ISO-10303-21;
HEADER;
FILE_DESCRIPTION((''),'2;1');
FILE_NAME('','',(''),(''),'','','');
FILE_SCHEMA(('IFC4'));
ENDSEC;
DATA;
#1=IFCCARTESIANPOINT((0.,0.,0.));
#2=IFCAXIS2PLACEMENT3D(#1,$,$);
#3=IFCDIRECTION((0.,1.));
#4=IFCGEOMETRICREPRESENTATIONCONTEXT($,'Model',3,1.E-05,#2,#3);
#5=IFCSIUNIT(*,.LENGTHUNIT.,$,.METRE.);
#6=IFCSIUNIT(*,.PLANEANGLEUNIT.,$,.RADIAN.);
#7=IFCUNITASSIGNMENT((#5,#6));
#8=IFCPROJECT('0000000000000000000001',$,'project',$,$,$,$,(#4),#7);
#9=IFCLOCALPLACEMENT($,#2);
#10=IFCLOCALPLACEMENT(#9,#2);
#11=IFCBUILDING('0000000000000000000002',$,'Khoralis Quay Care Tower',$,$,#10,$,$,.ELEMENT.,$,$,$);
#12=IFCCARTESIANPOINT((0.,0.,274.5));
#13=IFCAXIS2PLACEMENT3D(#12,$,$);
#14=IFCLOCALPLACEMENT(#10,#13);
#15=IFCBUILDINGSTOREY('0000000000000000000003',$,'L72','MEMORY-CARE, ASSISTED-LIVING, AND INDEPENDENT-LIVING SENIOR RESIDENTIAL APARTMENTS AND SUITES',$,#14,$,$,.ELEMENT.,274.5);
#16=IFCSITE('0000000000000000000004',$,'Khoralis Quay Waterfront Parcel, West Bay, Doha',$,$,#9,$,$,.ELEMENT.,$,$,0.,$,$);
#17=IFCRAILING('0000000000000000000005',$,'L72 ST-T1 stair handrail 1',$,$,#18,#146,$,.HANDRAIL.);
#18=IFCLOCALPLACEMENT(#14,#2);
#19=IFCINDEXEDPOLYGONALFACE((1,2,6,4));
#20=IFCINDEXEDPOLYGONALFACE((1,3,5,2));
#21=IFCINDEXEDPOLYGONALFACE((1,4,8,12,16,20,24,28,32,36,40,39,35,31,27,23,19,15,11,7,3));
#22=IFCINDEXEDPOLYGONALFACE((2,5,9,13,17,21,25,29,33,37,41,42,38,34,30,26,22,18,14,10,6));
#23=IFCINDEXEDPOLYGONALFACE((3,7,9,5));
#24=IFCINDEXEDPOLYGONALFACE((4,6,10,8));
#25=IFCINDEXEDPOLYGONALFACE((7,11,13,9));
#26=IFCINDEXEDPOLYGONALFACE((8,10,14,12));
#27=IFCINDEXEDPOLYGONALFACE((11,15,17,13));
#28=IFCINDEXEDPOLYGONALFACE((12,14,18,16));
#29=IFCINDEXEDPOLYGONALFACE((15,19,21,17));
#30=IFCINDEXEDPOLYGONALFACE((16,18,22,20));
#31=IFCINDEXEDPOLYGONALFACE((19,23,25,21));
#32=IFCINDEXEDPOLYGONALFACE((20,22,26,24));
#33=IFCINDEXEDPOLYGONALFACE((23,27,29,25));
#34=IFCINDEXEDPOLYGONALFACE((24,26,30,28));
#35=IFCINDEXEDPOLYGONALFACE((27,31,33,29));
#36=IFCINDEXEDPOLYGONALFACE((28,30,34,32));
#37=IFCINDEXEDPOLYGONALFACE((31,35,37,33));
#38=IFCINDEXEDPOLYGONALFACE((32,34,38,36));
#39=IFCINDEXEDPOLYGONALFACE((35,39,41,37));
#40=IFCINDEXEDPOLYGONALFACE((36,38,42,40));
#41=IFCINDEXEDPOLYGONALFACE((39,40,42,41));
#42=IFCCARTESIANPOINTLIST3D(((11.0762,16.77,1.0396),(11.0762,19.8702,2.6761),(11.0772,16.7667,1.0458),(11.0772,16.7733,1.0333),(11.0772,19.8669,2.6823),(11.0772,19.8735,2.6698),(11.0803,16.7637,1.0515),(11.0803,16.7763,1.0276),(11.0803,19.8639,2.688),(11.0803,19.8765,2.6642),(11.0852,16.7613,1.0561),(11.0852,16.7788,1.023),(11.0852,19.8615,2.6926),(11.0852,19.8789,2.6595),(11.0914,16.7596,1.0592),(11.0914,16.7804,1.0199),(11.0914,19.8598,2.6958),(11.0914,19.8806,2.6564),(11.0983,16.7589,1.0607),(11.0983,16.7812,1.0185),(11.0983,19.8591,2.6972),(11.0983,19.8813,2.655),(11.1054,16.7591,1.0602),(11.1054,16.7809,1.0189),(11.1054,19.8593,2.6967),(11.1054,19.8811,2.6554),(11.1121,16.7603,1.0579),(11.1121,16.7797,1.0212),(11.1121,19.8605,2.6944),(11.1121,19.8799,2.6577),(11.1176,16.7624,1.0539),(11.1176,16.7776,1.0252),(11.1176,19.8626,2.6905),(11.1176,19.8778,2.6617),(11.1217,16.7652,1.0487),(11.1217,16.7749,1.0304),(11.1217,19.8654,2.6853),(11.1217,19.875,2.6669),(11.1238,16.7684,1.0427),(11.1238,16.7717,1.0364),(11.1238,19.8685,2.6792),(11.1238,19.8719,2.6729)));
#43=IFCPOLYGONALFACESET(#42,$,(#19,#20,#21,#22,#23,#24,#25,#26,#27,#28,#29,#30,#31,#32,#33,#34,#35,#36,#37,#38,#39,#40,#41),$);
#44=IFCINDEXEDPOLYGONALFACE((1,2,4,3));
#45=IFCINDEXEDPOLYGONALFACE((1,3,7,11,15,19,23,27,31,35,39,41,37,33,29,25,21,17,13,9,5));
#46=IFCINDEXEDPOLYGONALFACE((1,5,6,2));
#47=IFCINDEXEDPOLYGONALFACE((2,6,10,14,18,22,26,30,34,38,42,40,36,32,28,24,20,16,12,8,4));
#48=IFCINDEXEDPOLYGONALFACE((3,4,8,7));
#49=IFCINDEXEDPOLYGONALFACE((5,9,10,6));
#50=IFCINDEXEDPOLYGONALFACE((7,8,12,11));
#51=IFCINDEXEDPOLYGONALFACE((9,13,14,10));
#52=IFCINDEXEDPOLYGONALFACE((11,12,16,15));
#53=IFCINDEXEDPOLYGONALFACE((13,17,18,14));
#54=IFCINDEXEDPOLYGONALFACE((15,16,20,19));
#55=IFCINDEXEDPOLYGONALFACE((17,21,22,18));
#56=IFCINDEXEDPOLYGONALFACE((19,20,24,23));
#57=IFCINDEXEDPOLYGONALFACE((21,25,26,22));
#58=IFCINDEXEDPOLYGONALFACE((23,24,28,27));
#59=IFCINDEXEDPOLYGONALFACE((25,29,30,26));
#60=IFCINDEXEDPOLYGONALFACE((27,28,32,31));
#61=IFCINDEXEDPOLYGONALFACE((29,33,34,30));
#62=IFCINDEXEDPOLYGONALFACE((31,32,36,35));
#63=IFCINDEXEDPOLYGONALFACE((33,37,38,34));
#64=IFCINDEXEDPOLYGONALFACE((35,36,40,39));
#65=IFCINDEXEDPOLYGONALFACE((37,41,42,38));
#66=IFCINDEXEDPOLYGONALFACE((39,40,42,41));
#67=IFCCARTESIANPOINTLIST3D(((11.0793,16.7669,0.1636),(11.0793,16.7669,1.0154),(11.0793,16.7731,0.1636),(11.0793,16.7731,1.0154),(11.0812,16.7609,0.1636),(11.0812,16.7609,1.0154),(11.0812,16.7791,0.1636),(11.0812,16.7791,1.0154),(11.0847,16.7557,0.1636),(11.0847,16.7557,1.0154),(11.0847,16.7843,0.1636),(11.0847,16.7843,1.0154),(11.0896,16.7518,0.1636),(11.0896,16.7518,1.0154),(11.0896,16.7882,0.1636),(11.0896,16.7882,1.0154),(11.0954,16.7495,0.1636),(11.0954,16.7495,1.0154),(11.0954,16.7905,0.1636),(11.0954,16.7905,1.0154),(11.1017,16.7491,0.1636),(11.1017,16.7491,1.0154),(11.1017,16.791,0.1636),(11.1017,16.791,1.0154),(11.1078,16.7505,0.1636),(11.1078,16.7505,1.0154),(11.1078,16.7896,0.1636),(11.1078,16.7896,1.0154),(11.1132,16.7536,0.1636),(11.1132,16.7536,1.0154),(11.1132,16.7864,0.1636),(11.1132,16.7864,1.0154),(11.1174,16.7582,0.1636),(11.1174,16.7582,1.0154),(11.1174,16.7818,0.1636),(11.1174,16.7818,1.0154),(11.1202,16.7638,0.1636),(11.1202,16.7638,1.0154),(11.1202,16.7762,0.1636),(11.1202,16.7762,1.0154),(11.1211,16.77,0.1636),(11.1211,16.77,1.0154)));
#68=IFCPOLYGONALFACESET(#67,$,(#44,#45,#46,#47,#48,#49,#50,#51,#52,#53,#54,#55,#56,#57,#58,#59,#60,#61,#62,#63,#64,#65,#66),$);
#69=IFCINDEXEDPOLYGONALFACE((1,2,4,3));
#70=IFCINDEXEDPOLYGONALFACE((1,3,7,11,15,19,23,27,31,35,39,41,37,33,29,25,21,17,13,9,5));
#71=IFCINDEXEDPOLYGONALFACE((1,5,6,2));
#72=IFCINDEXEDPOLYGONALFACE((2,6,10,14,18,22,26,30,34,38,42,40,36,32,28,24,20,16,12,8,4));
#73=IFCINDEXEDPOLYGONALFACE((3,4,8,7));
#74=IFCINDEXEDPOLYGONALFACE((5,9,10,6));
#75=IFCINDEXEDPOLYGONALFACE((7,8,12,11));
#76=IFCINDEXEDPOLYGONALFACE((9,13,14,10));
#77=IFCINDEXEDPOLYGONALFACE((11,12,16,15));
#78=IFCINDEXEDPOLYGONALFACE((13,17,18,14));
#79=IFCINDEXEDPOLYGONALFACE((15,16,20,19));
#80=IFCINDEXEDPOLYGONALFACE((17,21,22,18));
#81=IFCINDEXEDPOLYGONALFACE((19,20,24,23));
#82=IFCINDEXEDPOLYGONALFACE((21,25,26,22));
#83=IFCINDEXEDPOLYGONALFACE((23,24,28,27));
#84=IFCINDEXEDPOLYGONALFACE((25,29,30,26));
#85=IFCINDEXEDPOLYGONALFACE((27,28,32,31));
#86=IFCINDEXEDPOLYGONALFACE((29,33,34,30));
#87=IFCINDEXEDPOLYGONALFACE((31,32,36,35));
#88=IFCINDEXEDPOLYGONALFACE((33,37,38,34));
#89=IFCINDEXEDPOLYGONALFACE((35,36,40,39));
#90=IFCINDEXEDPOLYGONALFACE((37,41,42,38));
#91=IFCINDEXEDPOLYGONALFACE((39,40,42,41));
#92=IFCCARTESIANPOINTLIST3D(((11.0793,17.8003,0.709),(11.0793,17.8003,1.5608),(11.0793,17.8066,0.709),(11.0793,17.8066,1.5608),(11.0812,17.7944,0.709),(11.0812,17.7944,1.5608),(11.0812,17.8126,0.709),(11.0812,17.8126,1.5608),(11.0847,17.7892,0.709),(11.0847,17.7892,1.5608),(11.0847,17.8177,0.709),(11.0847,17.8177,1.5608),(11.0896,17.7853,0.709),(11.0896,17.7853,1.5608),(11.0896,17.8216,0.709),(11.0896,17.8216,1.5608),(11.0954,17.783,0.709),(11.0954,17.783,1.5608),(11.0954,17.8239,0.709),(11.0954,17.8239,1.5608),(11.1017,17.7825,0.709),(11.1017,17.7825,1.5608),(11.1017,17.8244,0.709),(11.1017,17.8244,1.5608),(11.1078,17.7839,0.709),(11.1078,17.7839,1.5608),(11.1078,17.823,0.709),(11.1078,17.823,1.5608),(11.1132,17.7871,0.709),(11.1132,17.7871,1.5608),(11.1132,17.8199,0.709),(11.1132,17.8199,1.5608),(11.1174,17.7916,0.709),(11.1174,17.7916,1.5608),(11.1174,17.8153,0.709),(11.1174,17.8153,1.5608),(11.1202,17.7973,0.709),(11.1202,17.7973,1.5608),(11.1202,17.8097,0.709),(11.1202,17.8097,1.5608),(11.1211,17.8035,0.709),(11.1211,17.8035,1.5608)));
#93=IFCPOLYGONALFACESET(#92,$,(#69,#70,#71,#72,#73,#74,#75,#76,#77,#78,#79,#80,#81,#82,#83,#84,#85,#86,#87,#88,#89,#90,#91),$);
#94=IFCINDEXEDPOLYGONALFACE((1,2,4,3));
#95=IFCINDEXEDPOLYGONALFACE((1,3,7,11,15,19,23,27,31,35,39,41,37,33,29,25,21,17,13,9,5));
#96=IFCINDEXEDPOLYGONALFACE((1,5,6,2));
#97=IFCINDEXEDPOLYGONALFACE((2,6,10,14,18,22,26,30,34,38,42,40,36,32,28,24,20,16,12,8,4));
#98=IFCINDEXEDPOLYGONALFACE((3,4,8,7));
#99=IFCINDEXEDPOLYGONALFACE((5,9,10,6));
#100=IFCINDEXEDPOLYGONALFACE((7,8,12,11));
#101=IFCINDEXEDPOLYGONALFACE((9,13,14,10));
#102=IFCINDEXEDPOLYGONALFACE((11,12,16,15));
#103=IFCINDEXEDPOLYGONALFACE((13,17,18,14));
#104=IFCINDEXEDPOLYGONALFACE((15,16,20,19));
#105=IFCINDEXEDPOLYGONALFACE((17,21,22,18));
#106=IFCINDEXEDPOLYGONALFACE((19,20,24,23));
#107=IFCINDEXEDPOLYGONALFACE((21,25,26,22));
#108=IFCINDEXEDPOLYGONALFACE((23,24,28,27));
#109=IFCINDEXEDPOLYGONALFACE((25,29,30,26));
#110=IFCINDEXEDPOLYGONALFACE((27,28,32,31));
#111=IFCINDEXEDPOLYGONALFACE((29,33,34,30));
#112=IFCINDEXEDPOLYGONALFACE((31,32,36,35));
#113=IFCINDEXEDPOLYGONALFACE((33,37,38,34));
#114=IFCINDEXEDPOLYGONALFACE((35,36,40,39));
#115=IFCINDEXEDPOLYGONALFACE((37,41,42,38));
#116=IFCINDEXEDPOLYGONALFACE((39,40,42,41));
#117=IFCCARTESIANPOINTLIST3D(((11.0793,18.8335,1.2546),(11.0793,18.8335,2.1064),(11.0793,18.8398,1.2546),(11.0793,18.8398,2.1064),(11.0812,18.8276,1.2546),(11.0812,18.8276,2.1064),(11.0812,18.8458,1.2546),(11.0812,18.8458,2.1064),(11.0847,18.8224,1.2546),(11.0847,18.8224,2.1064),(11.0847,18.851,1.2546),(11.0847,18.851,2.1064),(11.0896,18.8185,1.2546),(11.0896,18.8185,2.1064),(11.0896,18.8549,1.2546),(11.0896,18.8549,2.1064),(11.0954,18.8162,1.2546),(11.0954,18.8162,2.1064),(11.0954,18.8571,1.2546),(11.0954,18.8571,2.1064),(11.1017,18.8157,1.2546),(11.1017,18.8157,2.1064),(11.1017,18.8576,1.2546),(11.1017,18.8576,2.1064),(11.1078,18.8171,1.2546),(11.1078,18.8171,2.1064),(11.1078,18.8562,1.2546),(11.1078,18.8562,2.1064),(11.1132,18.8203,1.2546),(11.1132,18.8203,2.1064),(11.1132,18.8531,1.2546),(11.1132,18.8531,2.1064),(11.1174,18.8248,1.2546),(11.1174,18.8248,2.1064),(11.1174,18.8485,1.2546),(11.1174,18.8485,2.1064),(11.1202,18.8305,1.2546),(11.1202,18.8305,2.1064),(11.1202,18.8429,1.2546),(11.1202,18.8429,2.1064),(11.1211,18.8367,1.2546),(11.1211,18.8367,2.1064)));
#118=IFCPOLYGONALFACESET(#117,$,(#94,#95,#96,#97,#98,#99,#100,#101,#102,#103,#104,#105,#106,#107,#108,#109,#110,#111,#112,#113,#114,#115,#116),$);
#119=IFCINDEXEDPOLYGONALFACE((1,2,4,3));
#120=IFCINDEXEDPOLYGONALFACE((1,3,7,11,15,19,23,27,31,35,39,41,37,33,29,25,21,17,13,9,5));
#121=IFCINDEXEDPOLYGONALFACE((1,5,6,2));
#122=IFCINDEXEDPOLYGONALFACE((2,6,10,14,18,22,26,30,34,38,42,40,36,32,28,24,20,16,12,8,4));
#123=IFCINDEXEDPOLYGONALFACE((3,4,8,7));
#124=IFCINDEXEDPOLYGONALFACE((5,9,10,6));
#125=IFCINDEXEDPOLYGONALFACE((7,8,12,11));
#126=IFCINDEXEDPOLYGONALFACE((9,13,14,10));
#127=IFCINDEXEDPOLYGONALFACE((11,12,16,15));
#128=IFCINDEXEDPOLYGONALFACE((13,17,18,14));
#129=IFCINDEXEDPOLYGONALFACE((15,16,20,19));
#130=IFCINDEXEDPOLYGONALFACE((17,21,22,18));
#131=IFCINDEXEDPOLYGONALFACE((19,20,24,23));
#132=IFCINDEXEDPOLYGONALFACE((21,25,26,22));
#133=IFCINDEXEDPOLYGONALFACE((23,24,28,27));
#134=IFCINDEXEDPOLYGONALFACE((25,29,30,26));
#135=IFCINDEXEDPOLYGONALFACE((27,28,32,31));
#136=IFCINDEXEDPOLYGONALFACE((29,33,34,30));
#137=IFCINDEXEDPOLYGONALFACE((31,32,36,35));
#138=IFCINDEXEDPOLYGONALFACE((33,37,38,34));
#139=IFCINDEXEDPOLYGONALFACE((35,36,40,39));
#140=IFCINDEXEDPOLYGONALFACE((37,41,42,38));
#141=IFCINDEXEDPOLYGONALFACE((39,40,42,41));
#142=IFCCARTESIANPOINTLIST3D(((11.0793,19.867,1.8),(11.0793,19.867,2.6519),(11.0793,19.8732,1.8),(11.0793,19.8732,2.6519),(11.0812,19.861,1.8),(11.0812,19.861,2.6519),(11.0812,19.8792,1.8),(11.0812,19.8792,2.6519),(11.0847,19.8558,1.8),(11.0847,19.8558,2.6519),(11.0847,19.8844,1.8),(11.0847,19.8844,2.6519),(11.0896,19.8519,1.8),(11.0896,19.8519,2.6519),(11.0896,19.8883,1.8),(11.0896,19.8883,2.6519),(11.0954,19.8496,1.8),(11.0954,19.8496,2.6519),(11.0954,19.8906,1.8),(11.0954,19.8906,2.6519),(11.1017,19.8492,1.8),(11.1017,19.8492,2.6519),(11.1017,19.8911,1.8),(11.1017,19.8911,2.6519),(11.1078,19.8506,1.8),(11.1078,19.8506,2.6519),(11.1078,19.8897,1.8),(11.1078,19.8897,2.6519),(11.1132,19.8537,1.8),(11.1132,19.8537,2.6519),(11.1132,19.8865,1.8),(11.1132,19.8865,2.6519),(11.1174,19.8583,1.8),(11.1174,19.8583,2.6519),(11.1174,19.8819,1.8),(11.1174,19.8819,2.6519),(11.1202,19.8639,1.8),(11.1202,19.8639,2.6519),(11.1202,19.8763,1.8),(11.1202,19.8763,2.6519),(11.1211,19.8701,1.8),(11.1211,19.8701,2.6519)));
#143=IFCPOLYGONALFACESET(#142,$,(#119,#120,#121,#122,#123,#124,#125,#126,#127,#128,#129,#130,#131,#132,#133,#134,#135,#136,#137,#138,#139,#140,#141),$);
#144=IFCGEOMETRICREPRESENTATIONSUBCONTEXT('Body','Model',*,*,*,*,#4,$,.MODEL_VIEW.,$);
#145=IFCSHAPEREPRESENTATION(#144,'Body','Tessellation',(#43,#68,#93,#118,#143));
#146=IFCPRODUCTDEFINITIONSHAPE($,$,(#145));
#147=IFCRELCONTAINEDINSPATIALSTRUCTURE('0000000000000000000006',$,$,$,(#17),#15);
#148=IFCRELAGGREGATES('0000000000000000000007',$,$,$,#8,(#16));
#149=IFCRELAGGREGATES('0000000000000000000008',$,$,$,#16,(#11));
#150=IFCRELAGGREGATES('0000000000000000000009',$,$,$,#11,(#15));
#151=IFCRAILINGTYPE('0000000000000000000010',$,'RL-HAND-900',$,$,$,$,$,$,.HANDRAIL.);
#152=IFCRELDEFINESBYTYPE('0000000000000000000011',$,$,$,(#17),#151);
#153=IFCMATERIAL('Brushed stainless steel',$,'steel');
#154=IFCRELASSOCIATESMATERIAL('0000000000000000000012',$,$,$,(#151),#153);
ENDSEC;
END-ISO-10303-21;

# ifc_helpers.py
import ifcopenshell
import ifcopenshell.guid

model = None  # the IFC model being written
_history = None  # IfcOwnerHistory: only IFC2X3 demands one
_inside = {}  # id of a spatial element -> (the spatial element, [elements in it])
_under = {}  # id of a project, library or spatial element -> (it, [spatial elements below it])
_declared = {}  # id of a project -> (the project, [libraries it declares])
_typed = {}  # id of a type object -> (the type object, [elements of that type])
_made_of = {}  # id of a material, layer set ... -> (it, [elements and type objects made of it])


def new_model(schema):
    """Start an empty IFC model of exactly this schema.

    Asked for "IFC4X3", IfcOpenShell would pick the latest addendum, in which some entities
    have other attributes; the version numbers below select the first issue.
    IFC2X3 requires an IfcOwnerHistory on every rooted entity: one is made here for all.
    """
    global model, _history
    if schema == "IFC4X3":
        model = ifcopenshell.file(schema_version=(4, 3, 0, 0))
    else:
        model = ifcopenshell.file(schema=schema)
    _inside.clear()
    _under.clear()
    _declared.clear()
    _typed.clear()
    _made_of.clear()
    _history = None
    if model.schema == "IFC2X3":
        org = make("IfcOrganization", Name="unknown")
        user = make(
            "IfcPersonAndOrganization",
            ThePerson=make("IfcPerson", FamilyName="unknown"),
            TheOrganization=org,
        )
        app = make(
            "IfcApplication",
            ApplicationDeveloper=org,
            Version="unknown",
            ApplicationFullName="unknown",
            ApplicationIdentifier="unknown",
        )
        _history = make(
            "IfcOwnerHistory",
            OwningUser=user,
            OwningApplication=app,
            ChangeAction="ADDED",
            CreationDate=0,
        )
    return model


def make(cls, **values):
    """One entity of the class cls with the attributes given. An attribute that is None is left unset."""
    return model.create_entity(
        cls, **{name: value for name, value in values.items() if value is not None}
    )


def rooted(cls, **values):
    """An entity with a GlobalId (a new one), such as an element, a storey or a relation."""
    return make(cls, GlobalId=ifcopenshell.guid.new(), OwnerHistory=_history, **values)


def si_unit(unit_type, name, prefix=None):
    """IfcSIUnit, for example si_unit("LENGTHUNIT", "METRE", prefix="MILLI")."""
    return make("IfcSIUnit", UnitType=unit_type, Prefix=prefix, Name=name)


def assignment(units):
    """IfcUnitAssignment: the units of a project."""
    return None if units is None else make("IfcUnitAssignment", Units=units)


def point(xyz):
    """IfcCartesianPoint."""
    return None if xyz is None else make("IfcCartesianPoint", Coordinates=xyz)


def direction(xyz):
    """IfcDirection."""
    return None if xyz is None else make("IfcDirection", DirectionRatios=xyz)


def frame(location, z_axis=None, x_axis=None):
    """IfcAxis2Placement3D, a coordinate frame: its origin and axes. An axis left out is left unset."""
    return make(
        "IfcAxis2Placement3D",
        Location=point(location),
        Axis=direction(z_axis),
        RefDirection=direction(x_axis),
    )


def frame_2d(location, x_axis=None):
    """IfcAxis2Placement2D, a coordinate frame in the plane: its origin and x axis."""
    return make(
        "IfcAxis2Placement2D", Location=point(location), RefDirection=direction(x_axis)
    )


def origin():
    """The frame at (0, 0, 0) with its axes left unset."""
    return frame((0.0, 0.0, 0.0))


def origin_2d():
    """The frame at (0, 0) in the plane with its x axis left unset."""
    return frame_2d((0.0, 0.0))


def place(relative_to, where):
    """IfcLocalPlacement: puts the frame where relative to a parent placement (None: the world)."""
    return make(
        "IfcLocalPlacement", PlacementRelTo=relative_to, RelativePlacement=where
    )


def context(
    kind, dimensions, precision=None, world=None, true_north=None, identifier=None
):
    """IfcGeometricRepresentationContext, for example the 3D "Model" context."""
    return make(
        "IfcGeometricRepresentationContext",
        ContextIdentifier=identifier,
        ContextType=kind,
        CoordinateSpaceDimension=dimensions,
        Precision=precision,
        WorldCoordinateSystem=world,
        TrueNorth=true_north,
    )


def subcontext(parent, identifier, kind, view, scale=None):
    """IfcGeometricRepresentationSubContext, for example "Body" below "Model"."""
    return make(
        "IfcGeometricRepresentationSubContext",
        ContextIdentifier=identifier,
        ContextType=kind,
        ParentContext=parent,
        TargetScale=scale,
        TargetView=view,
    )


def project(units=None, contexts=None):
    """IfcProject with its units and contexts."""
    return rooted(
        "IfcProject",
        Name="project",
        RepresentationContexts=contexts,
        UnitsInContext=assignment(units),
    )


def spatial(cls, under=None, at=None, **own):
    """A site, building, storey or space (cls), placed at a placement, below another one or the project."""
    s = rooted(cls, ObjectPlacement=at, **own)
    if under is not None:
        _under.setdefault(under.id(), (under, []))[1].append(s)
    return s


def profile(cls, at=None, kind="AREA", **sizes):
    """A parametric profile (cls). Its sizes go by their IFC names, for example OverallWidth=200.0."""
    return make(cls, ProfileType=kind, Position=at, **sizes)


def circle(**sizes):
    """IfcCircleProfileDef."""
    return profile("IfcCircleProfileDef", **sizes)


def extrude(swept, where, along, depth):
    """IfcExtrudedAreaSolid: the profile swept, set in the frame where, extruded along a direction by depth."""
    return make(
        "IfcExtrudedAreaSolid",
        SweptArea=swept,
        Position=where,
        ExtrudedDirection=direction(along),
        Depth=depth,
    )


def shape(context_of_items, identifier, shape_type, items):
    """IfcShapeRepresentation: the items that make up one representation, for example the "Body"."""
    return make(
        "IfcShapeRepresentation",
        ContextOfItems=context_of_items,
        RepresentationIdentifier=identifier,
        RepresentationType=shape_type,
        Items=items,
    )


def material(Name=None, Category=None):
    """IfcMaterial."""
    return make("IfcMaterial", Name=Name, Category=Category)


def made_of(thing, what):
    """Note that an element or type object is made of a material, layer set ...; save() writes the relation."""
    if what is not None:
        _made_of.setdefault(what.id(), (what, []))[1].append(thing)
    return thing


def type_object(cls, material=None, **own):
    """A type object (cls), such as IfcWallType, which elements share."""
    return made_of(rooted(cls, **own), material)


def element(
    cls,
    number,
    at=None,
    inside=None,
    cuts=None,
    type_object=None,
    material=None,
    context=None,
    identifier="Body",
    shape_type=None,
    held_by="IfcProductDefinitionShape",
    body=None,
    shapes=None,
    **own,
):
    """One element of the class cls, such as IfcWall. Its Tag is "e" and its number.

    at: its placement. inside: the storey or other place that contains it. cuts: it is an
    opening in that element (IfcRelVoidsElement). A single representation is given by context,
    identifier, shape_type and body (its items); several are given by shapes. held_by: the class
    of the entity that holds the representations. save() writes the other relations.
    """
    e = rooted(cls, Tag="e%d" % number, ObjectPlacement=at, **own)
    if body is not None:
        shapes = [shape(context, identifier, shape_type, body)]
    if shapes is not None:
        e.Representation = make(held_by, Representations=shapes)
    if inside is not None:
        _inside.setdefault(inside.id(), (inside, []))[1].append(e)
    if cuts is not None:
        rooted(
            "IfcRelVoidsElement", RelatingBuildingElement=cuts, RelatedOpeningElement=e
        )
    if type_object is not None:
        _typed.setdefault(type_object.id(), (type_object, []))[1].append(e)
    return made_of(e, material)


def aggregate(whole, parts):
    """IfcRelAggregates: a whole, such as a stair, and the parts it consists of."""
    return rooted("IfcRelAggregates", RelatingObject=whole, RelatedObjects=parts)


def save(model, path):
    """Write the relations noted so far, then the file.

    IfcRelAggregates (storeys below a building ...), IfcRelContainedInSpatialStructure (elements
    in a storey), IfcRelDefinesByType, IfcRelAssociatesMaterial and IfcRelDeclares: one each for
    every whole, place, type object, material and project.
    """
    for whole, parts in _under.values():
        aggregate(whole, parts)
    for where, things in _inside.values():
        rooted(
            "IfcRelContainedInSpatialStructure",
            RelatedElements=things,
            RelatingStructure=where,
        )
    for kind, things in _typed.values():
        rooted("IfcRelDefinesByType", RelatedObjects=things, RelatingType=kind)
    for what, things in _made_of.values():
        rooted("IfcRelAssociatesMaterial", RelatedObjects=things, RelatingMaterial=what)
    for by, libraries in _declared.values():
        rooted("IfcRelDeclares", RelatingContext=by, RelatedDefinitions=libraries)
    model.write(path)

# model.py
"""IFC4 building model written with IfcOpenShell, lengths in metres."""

from ifc_helpers import new_model, si_unit, direction, frame, origin, origin_2d, place, context, subcontext, project, spatial, circle, extrude, material, type_object, element, save


model = new_model("IFC4")

# Units and contexts
model_context = context("Model", 3, precision=1e-05, world=origin(), true_north=direction((0.0, 1.0)))
body_context = subcontext(model_context, "Body", "Model", "MODEL_VIEW")
ifc_project = project(units=[si_unit("LENGTHUNIT", "METRE"), si_unit("PLANEANGLEUNIT", "RADIAN")], contexts=[model_context])

# Site, building, storey
site_placement = place(None, origin())
site = spatial("IfcSite", under=ifc_project, at=site_placement, Name="Khoralis Quay Waterfront Parcel, West Bay, Doha", CompositionType="ELEMENT", RefElevation=0.0)
building_placement = place(site_placement, origin())
building = spatial("IfcBuilding", under=site, at=building_placement, Name="Khoralis Quay Care Tower", CompositionType="ELEMENT")
storey_placement = place(building_placement, frame((0.0, 0.0, 274.5)))
storey = spatial("IfcBuildingStorey", under=building, at=storey_placement, Name="L72", Description="MEMORY-CARE, ASSISTED-LIVING, AND INDEPENDENT-LIVING SENIOR RESIDENTIAL APARTMENTS AND SUITES", CompositionType="ELEMENT", Elevation=274.5)

# Shared definitions
ifc_material_1 = material(Name="Brushed stainless steel", Category="steel")

# Railing
railing_type_1 = type_object("IfcRailingType", Name="RL-HAND-900", PredefinedType="HANDRAIL", material=ifc_material_1)
railing_1_placement = place(storey_placement, frame((11.1001, 16.77, 0.1636)))
element("IfcRailing", 1, at=railing_1_placement, inside=storey, type_object=railing_type_1, Name="L72 ST-T1 stair handrail 1", PredefinedType="HANDRAIL", context=body_context, shape_type="SweptSolid", body=[
    extrude(circle(Radius=0.0239, at=origin_2d()), frame((0.0, 0.0, 0.876), z_axis=(0.0, 0.884348, 0.466828), x_axis=(-1.0, 0.0, 0.0)), (0.0, 0.0, 1.0), 3.5056),
    extrude(circle(Radius=0.021, at=origin_2d()), origin(), (0.0, 0.0, 1.0), 0.8518),
    extrude(circle(Radius=0.021, at=origin_2d()), frame((0.0, 1.0334, 0.5454)), (0.0, 0.0, 1.0), 0.8518),
    extrude(circle(Radius=0.021, at=origin_2d()), frame((0.0, 2.0667, 1.0911)), (0.0, 0.0, 1.0), 0.8518),
    extrude(circle(Radius=0.021, at=origin_2d()), frame((0.0, 3.1001, 1.6365)), (0.0, 0.0, 1.0), 0.8518),
])

save(model, "model.ifc")
